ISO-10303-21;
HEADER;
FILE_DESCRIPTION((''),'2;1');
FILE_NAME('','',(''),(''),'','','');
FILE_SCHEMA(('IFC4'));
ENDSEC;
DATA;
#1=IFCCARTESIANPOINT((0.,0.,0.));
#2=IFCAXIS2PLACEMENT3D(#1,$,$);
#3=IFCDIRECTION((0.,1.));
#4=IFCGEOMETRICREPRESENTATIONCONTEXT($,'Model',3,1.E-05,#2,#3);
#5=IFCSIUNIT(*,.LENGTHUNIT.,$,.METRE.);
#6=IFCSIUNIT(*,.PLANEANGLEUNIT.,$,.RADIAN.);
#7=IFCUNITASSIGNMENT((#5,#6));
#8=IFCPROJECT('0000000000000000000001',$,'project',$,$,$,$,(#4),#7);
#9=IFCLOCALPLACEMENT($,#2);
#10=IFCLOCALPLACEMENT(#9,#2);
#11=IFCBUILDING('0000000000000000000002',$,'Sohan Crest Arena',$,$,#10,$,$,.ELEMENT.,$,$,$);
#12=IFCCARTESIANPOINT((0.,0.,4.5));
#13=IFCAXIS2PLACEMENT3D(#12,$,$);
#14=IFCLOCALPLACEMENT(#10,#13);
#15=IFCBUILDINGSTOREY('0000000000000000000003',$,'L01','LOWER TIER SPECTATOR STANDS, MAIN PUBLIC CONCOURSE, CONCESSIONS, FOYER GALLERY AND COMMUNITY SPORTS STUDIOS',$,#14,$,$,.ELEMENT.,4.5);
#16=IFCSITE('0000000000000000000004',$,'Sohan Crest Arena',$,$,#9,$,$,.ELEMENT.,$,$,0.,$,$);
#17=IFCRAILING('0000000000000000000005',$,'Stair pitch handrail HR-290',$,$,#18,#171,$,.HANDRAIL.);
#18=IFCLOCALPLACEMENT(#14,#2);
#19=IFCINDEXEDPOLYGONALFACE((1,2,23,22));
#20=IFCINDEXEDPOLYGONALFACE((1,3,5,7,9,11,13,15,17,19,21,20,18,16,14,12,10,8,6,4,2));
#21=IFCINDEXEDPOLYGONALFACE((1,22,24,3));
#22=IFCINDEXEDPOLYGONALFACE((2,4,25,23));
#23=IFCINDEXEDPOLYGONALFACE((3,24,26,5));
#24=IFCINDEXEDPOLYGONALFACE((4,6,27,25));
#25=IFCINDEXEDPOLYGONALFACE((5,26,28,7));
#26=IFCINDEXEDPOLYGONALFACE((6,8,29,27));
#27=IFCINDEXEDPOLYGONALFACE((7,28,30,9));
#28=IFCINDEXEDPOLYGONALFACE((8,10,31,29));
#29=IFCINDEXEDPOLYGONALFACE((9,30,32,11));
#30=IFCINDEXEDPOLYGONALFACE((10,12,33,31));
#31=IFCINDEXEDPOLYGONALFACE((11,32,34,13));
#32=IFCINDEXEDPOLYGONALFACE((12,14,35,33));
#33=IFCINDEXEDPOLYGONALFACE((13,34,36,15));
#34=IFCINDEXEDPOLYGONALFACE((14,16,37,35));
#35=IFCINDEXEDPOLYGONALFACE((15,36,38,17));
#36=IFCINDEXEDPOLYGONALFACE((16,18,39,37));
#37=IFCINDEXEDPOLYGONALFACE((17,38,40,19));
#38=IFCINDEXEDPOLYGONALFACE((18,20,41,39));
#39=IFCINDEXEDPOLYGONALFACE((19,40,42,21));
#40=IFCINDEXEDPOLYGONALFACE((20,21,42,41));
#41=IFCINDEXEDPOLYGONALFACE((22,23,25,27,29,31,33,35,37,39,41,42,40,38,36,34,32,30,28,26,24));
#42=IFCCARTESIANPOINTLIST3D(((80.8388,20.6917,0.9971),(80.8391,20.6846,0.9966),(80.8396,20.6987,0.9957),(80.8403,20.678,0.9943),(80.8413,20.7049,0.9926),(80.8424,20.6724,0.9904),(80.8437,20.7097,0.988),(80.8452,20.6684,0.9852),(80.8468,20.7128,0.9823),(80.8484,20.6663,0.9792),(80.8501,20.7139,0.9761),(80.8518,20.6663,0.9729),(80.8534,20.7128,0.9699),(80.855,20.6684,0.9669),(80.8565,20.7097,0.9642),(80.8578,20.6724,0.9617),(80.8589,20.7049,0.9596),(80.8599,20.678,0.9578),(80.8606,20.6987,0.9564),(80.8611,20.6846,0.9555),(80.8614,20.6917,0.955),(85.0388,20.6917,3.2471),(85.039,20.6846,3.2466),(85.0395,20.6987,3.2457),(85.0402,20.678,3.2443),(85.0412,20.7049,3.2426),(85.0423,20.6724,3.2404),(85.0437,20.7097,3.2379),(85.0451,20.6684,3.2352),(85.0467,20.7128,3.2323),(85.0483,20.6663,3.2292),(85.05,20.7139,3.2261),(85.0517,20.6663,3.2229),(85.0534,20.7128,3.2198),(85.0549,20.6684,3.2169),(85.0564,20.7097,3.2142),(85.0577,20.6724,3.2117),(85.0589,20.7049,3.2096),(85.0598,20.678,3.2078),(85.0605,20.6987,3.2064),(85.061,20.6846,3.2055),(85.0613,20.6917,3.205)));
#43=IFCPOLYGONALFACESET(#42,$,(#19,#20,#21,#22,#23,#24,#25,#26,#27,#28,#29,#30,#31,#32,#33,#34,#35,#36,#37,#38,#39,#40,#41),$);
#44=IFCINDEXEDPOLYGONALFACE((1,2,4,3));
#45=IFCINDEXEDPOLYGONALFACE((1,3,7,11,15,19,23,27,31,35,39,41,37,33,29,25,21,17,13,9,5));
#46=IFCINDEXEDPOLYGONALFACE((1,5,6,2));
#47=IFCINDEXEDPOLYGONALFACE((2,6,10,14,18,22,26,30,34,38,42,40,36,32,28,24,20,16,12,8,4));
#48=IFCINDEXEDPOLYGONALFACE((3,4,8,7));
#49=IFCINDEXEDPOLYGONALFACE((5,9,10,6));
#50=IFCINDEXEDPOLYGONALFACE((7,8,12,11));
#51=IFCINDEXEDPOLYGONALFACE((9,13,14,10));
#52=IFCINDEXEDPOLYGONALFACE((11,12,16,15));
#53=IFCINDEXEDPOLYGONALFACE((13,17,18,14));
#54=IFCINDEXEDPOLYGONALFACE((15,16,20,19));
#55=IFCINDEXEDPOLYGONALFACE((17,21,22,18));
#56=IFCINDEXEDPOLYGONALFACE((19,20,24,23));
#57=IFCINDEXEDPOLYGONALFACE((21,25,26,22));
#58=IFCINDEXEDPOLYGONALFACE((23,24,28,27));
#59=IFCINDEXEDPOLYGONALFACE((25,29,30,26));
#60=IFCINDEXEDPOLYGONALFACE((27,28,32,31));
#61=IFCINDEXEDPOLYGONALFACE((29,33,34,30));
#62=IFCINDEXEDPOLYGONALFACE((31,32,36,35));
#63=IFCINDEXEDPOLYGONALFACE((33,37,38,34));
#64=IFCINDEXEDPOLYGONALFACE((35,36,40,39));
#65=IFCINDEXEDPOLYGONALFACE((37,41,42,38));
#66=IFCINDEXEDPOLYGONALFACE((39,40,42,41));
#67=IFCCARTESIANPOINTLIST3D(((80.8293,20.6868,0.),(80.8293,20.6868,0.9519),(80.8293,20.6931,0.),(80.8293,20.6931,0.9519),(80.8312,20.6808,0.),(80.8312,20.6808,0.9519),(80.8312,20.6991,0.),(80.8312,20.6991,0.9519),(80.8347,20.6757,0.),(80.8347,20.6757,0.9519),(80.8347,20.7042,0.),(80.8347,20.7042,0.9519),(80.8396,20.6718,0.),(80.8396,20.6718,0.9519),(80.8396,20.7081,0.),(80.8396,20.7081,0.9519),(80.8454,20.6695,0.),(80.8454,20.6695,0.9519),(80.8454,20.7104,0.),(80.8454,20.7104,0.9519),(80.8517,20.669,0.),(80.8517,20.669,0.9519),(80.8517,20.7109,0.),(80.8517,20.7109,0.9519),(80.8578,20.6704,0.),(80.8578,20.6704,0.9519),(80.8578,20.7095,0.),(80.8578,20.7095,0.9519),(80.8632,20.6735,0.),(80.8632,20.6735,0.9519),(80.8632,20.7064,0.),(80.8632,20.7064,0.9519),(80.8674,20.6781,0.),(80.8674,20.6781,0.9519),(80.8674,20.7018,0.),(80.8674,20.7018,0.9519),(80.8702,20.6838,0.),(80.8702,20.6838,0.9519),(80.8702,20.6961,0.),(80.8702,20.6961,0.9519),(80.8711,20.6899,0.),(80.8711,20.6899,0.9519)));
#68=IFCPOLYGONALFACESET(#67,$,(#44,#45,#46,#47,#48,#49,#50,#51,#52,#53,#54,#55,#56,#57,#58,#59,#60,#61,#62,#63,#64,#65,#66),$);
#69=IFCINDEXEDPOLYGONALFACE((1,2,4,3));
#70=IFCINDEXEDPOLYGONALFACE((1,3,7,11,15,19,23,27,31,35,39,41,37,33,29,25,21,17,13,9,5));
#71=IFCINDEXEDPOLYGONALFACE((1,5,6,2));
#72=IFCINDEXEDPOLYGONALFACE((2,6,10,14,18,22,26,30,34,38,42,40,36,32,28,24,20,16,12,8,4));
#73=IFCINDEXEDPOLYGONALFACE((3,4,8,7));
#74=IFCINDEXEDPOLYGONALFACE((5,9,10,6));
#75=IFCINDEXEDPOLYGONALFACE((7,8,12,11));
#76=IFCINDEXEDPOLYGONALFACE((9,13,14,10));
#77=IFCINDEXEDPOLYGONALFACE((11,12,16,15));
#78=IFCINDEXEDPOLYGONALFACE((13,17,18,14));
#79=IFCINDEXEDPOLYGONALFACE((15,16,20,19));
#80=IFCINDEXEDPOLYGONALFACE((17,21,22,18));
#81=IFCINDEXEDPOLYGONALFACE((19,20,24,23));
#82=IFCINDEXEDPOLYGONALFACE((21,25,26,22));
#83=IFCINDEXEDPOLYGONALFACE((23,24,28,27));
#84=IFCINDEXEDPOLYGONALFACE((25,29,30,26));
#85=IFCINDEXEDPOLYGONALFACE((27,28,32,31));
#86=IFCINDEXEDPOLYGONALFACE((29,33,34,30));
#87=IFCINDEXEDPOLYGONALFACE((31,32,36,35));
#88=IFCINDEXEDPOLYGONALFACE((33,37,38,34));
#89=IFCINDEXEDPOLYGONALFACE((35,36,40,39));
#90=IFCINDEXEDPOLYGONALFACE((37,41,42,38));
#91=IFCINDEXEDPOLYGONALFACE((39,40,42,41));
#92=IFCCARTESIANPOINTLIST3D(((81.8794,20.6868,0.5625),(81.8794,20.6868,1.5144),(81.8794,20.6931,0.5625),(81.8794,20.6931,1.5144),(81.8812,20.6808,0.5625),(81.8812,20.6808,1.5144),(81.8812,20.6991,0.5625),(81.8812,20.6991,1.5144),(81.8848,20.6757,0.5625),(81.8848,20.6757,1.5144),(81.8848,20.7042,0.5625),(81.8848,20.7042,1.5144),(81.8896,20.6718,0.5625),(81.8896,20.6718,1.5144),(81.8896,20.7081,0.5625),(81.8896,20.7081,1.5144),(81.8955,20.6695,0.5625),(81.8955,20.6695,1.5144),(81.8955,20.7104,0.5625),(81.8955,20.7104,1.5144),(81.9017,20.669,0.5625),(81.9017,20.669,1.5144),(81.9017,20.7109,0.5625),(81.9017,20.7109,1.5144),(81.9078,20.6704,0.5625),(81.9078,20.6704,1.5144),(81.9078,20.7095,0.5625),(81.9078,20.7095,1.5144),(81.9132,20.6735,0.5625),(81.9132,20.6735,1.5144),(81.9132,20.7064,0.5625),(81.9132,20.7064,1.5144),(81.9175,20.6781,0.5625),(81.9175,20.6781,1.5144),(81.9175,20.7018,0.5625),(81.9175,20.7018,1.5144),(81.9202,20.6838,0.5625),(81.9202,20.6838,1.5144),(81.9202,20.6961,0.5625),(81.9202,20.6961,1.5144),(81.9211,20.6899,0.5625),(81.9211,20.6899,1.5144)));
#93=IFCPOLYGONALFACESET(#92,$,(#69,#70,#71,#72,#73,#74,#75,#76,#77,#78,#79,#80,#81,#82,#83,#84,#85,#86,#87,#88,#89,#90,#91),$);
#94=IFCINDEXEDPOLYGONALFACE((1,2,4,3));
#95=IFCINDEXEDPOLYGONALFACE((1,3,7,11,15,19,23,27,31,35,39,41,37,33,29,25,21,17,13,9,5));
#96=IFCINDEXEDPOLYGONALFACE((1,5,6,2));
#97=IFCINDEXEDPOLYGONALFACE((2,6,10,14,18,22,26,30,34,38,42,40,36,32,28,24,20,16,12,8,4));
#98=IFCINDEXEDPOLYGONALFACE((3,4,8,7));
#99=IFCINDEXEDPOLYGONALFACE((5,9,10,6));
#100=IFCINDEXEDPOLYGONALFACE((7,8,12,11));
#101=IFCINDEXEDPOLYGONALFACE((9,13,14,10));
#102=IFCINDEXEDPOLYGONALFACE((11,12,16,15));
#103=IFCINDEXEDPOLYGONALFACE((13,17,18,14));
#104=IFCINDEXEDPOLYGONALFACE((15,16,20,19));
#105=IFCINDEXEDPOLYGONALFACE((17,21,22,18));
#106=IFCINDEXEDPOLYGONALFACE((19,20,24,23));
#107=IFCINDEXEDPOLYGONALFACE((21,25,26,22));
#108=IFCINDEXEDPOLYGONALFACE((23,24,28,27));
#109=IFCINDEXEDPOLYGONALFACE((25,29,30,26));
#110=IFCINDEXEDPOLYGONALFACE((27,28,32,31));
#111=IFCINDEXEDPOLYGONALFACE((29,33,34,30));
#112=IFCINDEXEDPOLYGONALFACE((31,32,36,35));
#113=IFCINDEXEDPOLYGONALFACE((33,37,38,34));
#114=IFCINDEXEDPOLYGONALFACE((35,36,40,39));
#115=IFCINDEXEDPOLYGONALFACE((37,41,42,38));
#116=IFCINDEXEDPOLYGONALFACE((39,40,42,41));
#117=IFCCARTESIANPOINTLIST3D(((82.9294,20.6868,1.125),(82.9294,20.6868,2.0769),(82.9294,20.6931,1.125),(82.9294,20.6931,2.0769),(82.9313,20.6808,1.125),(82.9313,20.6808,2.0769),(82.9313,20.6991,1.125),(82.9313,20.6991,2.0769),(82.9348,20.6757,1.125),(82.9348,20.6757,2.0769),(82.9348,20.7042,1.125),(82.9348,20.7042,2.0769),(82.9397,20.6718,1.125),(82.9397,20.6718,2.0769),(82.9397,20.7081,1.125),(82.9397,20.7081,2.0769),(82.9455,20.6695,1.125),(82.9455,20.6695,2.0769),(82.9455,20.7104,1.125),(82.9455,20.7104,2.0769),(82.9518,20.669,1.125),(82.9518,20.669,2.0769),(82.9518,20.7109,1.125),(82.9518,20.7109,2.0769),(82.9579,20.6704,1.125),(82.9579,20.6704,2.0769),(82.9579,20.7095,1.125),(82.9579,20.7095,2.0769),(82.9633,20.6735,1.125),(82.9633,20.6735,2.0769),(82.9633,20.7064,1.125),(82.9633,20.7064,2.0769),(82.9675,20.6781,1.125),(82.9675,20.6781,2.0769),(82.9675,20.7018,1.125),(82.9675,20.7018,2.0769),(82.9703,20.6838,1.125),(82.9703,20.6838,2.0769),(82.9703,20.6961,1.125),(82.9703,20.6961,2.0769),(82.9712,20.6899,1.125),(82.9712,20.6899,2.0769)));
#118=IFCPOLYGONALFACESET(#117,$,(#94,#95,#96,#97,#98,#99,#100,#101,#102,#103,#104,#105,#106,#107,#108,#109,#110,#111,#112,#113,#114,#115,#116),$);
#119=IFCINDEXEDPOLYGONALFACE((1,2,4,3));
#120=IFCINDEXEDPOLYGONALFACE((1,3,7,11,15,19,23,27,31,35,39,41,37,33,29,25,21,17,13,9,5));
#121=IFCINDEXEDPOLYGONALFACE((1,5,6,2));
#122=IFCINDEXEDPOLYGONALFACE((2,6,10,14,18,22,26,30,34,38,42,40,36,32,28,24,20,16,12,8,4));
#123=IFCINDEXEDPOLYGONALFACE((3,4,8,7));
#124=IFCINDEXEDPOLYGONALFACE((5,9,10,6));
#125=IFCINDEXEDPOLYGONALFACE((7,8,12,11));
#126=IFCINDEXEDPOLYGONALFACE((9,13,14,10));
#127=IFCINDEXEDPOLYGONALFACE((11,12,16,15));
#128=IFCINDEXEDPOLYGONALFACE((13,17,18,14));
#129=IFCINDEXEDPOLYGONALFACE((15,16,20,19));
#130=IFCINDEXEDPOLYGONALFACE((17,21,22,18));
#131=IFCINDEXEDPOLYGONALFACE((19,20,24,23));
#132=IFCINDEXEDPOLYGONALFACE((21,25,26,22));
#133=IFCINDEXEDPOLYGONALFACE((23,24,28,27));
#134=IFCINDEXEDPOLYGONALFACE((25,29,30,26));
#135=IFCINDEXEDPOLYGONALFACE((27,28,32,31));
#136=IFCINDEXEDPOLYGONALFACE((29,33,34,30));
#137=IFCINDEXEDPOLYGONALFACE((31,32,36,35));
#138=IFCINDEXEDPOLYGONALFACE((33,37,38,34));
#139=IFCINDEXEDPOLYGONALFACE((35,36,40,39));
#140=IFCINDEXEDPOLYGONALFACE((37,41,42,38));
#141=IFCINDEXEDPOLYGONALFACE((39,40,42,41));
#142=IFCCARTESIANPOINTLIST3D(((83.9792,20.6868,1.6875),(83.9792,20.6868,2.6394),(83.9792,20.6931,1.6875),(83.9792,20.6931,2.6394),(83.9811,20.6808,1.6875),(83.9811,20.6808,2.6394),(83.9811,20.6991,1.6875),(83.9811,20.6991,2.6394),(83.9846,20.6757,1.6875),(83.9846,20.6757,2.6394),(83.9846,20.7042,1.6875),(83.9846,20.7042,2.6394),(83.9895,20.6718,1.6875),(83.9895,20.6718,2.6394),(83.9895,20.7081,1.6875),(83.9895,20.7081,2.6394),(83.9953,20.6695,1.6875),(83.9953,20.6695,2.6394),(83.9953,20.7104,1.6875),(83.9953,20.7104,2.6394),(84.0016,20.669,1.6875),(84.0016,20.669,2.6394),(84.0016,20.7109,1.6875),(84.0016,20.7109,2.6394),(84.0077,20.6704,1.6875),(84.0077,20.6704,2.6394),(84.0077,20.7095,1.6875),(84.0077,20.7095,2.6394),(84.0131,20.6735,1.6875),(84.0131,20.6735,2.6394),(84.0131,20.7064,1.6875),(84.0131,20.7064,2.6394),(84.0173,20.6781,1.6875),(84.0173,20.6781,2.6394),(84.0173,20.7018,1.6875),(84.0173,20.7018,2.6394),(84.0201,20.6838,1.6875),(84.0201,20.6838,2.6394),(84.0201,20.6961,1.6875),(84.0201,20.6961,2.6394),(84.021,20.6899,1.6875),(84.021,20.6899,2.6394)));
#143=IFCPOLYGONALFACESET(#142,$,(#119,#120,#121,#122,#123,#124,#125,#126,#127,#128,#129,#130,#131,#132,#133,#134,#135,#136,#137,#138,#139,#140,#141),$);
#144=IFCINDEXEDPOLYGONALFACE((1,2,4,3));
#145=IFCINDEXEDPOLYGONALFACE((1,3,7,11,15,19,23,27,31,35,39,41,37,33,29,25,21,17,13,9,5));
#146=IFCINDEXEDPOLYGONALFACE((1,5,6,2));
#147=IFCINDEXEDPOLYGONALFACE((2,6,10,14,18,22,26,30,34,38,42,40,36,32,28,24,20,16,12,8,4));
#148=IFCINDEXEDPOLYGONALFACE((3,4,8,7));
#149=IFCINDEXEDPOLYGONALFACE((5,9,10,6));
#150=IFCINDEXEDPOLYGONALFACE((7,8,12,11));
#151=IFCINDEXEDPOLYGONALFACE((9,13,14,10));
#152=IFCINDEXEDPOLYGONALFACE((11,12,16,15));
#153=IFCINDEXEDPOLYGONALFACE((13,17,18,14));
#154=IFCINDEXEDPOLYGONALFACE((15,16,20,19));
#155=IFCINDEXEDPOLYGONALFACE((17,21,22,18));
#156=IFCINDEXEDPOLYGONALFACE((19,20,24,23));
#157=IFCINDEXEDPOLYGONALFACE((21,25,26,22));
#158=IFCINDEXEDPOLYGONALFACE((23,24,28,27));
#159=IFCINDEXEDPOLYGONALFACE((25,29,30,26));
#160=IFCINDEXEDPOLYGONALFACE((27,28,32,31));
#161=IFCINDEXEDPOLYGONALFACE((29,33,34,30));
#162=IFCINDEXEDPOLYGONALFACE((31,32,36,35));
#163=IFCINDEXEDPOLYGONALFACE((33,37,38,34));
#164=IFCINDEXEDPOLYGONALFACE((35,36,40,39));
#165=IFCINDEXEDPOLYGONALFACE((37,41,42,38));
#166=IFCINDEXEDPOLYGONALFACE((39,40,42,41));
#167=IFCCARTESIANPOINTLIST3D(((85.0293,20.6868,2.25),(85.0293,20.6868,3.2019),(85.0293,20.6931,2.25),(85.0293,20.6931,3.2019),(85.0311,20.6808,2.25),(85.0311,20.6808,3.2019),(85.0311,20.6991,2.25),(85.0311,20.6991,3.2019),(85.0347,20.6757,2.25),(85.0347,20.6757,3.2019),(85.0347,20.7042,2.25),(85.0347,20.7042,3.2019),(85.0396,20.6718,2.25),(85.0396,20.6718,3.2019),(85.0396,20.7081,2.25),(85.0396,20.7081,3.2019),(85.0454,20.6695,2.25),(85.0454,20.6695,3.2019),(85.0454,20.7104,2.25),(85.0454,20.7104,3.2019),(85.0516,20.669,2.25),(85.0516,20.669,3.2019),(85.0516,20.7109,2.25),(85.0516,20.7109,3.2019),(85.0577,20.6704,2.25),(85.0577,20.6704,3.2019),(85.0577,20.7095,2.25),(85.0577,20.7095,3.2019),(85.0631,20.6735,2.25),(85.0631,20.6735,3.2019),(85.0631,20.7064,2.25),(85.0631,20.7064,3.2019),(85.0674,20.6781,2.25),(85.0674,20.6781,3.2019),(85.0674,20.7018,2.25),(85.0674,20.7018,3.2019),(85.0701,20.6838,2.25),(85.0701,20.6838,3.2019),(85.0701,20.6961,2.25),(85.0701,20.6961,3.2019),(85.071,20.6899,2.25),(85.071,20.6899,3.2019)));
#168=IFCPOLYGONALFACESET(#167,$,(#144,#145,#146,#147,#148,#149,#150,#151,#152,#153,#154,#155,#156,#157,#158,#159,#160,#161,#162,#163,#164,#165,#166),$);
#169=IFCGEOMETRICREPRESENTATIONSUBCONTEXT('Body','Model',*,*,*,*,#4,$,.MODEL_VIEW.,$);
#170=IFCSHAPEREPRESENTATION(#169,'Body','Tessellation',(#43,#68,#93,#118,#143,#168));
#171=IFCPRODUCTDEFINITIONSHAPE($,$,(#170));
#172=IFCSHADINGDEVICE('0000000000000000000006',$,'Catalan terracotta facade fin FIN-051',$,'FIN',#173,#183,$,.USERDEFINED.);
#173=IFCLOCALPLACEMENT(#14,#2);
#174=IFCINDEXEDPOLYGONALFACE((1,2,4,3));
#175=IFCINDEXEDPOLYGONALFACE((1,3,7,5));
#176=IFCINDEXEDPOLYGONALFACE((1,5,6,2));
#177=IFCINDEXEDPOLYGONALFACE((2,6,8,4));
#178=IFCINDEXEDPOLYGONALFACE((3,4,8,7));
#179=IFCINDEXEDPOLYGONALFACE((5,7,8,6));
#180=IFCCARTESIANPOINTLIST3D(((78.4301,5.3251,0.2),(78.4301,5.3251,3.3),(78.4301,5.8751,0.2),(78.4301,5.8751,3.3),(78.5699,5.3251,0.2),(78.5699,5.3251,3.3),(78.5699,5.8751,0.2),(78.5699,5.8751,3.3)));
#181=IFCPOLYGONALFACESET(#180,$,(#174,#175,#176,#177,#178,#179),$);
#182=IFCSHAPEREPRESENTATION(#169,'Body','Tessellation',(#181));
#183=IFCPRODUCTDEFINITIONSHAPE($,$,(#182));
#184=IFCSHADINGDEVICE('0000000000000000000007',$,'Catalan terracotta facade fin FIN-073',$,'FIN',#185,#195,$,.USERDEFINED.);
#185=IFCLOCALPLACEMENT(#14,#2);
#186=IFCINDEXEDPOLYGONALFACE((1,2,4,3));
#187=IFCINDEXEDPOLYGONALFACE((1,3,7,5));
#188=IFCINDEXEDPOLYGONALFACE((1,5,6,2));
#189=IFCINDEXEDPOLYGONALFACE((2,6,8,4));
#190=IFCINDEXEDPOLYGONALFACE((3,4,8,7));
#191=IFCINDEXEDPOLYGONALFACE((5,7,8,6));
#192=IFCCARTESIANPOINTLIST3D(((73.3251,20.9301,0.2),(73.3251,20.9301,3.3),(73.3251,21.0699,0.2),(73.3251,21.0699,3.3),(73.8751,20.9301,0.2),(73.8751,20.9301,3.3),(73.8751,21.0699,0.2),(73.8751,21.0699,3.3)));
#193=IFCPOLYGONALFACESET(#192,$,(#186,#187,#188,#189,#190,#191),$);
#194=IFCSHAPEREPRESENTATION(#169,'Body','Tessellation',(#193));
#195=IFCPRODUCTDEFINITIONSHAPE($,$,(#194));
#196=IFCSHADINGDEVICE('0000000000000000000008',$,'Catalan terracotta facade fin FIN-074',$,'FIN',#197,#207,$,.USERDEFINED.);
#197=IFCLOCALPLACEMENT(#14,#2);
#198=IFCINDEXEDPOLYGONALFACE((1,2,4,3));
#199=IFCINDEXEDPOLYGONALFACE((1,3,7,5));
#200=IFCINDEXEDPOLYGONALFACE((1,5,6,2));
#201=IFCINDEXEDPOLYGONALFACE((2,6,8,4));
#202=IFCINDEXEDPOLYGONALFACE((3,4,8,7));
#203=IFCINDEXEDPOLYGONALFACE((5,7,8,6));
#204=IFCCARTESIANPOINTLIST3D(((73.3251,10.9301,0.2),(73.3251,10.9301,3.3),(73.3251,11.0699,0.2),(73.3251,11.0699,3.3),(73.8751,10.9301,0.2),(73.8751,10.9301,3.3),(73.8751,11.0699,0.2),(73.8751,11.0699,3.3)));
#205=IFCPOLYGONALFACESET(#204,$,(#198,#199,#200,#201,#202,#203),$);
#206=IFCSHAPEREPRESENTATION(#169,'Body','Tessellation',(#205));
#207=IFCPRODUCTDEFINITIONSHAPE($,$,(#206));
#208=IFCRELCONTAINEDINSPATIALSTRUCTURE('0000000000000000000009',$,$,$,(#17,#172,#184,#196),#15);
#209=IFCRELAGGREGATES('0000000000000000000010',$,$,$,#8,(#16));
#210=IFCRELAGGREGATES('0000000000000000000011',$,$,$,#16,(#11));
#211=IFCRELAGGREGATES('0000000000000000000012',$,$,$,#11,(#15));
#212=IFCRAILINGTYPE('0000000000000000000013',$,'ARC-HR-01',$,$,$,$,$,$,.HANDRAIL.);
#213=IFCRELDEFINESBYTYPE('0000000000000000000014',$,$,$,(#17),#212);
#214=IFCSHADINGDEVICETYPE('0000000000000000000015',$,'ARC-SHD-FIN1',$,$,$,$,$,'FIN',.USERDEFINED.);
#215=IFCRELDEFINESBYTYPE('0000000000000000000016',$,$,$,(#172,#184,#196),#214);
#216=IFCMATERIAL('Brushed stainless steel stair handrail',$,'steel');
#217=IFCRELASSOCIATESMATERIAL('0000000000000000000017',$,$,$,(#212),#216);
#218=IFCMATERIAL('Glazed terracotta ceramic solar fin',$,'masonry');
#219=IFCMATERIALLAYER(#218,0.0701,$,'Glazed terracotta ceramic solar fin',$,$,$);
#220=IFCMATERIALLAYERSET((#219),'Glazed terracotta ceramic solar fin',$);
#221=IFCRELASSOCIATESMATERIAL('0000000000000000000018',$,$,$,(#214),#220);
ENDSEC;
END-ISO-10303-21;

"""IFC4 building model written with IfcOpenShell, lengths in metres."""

from ifc_helpers import new_model, si_unit, direction, frame, origin, origin_2d, place, context, subcontext, project, spatial, rectangle, circle, extrude, material, layer, layer_set, type_object, element, save


model = new_model("IFC4")

# Units and contexts
model_context = context("Model", 3, precision=1e-05, world=origin(), true_north=direction((0.0, 1.0)))
body_context = subcontext(model_context, "Body", "Model", "MODEL_VIEW")
ifc_project = project(units=[si_unit("LENGTHUNIT", "METRE"), si_unit("PLANEANGLEUNIT", "RADIAN")], contexts=[model_context])

# Site, building, storey
site_placement = place(None, origin())
site = spatial("IfcSite", under=ifc_project, at=site_placement, Name="Sohan Crest Arena", CompositionType="ELEMENT", RefElevation=0.0)
building_placement = place(site_placement, origin())
building = spatial("IfcBuilding", under=site, at=building_placement, Name="Sohan Crest Arena", CompositionType="ELEMENT")
storey_placement = place(building_placement, frame((0.0, 0.0, 4.5)))
storey = spatial("IfcBuildingStorey", under=building, at=storey_placement, Name="L01", Description="LOWER TIER SPECTATOR STANDS, MAIN PUBLIC CONCOURSE, CONCESSIONS, FOYER GALLERY AND COMMUNITY SPORTS STUDIOS", CompositionType="ELEMENT", Elevation=4.5)

# Railing
ifc_material_1 = material(Name="Brushed stainless steel stair handrail", Category="steel")
railing_type_1 = type_object("IfcRailingType", Name="ARC-HR-01", PredefinedType="HANDRAIL", material=ifc_material_1)
for number, where, name in (
    (1, (80.8501, 20.6899, 0.0), "Stair pitch handrail HR-290"),
):
    element("IfcRailing", number, at=place(storey_placement, frame(where)), inside=storey, type_object=railing_type_1, Name=name, PredefinedType="HANDRAIL", context=body_context, shape_type="SweptSolid", body=[
        extrude(circle(Radius=0.0239, at=origin_2d()), frame((0.0, 0.0, 0.9761), z_axis=(0.881478, 0.0, 0.472226), x_axis=(0.0, 1.0, 0.0)), (0.0, 0.0, 1.0), 4.7646),
        extrude(circle(Radius=0.021, at=origin_2d()), origin(), (0.0, 0.0, 1.0), 0.9519),
        extrude(circle(Radius=0.021, at=origin_2d()), frame((1.05, 0.0, 0.5625)), (0.0, 0.0, 1.0), 0.9519),
        extrude(circle(Radius=0.021, at=origin_2d()), frame((2.1001, 0.0, 1.125)), (0.0, 0.0, 1.0), 0.9519),
        extrude(circle(Radius=0.021, at=origin_2d()), frame((3.1499, 0.0, 1.6875)), (0.0, 0.0, 1.0), 0.9519),
        extrude(circle(Radius=0.021, at=origin_2d()), frame((4.2, 0.0, 2.25)), (0.0, 0.0, 1.0), 0.9519),
    ])

# Shading devices
ifc_material_2 = material(Name="Glazed terracotta ceramic solar fin", Category="masonry")
ifc_layer_1 = layer(ifc_material_2, 0.0701, Name="Glazed terracotta ceramic solar fin")
ifc_layer_set_1 = layer_set([ifc_layer_1], Name="Glazed terracotta ceramic solar fin")
shading_device_type = type_object("IfcShadingDeviceType", Name="ARC-SHD-FIN1", ElementType="FIN", PredefinedType="USERDEFINED", material=ifc_layer_set_1)
for number, where, z_axis, x_axis, name in (
    (2, (78.5, 5.6001, 0.2), (0.0, 0.0, 1.0), (1.0, 0.0, 0.0), "Catalan terracotta facade fin FIN-051"),
    (3, (73.6001, 21.0, 0.2), (0.0, 0.0, 1.0), (0.0, -1.0, 0.0), "Catalan terracotta facade fin FIN-073"),
    (4, (73.6001, 11.0, 0.2), (0.0, 0.0, 1.0), (0.0, -1.0, 0.0), "Catalan terracotta facade fin FIN-074"),
):
    element("IfcShadingDevice", number, at=place(storey_placement, frame(where, z_axis=z_axis, x_axis=x_axis)), inside=storey, type_object=shading_device_type, Name=name, ObjectType="FIN", PredefinedType="USERDEFINED", context=body_context, shape_type="SweptSolid", body=[
        extrude(rectangle(XDim=0.1399, YDim=0.55, at=origin_2d()), origin(), (0.0, 0.0, 1.0), 3.1001),
    ])

save(model, "model.ifc")
